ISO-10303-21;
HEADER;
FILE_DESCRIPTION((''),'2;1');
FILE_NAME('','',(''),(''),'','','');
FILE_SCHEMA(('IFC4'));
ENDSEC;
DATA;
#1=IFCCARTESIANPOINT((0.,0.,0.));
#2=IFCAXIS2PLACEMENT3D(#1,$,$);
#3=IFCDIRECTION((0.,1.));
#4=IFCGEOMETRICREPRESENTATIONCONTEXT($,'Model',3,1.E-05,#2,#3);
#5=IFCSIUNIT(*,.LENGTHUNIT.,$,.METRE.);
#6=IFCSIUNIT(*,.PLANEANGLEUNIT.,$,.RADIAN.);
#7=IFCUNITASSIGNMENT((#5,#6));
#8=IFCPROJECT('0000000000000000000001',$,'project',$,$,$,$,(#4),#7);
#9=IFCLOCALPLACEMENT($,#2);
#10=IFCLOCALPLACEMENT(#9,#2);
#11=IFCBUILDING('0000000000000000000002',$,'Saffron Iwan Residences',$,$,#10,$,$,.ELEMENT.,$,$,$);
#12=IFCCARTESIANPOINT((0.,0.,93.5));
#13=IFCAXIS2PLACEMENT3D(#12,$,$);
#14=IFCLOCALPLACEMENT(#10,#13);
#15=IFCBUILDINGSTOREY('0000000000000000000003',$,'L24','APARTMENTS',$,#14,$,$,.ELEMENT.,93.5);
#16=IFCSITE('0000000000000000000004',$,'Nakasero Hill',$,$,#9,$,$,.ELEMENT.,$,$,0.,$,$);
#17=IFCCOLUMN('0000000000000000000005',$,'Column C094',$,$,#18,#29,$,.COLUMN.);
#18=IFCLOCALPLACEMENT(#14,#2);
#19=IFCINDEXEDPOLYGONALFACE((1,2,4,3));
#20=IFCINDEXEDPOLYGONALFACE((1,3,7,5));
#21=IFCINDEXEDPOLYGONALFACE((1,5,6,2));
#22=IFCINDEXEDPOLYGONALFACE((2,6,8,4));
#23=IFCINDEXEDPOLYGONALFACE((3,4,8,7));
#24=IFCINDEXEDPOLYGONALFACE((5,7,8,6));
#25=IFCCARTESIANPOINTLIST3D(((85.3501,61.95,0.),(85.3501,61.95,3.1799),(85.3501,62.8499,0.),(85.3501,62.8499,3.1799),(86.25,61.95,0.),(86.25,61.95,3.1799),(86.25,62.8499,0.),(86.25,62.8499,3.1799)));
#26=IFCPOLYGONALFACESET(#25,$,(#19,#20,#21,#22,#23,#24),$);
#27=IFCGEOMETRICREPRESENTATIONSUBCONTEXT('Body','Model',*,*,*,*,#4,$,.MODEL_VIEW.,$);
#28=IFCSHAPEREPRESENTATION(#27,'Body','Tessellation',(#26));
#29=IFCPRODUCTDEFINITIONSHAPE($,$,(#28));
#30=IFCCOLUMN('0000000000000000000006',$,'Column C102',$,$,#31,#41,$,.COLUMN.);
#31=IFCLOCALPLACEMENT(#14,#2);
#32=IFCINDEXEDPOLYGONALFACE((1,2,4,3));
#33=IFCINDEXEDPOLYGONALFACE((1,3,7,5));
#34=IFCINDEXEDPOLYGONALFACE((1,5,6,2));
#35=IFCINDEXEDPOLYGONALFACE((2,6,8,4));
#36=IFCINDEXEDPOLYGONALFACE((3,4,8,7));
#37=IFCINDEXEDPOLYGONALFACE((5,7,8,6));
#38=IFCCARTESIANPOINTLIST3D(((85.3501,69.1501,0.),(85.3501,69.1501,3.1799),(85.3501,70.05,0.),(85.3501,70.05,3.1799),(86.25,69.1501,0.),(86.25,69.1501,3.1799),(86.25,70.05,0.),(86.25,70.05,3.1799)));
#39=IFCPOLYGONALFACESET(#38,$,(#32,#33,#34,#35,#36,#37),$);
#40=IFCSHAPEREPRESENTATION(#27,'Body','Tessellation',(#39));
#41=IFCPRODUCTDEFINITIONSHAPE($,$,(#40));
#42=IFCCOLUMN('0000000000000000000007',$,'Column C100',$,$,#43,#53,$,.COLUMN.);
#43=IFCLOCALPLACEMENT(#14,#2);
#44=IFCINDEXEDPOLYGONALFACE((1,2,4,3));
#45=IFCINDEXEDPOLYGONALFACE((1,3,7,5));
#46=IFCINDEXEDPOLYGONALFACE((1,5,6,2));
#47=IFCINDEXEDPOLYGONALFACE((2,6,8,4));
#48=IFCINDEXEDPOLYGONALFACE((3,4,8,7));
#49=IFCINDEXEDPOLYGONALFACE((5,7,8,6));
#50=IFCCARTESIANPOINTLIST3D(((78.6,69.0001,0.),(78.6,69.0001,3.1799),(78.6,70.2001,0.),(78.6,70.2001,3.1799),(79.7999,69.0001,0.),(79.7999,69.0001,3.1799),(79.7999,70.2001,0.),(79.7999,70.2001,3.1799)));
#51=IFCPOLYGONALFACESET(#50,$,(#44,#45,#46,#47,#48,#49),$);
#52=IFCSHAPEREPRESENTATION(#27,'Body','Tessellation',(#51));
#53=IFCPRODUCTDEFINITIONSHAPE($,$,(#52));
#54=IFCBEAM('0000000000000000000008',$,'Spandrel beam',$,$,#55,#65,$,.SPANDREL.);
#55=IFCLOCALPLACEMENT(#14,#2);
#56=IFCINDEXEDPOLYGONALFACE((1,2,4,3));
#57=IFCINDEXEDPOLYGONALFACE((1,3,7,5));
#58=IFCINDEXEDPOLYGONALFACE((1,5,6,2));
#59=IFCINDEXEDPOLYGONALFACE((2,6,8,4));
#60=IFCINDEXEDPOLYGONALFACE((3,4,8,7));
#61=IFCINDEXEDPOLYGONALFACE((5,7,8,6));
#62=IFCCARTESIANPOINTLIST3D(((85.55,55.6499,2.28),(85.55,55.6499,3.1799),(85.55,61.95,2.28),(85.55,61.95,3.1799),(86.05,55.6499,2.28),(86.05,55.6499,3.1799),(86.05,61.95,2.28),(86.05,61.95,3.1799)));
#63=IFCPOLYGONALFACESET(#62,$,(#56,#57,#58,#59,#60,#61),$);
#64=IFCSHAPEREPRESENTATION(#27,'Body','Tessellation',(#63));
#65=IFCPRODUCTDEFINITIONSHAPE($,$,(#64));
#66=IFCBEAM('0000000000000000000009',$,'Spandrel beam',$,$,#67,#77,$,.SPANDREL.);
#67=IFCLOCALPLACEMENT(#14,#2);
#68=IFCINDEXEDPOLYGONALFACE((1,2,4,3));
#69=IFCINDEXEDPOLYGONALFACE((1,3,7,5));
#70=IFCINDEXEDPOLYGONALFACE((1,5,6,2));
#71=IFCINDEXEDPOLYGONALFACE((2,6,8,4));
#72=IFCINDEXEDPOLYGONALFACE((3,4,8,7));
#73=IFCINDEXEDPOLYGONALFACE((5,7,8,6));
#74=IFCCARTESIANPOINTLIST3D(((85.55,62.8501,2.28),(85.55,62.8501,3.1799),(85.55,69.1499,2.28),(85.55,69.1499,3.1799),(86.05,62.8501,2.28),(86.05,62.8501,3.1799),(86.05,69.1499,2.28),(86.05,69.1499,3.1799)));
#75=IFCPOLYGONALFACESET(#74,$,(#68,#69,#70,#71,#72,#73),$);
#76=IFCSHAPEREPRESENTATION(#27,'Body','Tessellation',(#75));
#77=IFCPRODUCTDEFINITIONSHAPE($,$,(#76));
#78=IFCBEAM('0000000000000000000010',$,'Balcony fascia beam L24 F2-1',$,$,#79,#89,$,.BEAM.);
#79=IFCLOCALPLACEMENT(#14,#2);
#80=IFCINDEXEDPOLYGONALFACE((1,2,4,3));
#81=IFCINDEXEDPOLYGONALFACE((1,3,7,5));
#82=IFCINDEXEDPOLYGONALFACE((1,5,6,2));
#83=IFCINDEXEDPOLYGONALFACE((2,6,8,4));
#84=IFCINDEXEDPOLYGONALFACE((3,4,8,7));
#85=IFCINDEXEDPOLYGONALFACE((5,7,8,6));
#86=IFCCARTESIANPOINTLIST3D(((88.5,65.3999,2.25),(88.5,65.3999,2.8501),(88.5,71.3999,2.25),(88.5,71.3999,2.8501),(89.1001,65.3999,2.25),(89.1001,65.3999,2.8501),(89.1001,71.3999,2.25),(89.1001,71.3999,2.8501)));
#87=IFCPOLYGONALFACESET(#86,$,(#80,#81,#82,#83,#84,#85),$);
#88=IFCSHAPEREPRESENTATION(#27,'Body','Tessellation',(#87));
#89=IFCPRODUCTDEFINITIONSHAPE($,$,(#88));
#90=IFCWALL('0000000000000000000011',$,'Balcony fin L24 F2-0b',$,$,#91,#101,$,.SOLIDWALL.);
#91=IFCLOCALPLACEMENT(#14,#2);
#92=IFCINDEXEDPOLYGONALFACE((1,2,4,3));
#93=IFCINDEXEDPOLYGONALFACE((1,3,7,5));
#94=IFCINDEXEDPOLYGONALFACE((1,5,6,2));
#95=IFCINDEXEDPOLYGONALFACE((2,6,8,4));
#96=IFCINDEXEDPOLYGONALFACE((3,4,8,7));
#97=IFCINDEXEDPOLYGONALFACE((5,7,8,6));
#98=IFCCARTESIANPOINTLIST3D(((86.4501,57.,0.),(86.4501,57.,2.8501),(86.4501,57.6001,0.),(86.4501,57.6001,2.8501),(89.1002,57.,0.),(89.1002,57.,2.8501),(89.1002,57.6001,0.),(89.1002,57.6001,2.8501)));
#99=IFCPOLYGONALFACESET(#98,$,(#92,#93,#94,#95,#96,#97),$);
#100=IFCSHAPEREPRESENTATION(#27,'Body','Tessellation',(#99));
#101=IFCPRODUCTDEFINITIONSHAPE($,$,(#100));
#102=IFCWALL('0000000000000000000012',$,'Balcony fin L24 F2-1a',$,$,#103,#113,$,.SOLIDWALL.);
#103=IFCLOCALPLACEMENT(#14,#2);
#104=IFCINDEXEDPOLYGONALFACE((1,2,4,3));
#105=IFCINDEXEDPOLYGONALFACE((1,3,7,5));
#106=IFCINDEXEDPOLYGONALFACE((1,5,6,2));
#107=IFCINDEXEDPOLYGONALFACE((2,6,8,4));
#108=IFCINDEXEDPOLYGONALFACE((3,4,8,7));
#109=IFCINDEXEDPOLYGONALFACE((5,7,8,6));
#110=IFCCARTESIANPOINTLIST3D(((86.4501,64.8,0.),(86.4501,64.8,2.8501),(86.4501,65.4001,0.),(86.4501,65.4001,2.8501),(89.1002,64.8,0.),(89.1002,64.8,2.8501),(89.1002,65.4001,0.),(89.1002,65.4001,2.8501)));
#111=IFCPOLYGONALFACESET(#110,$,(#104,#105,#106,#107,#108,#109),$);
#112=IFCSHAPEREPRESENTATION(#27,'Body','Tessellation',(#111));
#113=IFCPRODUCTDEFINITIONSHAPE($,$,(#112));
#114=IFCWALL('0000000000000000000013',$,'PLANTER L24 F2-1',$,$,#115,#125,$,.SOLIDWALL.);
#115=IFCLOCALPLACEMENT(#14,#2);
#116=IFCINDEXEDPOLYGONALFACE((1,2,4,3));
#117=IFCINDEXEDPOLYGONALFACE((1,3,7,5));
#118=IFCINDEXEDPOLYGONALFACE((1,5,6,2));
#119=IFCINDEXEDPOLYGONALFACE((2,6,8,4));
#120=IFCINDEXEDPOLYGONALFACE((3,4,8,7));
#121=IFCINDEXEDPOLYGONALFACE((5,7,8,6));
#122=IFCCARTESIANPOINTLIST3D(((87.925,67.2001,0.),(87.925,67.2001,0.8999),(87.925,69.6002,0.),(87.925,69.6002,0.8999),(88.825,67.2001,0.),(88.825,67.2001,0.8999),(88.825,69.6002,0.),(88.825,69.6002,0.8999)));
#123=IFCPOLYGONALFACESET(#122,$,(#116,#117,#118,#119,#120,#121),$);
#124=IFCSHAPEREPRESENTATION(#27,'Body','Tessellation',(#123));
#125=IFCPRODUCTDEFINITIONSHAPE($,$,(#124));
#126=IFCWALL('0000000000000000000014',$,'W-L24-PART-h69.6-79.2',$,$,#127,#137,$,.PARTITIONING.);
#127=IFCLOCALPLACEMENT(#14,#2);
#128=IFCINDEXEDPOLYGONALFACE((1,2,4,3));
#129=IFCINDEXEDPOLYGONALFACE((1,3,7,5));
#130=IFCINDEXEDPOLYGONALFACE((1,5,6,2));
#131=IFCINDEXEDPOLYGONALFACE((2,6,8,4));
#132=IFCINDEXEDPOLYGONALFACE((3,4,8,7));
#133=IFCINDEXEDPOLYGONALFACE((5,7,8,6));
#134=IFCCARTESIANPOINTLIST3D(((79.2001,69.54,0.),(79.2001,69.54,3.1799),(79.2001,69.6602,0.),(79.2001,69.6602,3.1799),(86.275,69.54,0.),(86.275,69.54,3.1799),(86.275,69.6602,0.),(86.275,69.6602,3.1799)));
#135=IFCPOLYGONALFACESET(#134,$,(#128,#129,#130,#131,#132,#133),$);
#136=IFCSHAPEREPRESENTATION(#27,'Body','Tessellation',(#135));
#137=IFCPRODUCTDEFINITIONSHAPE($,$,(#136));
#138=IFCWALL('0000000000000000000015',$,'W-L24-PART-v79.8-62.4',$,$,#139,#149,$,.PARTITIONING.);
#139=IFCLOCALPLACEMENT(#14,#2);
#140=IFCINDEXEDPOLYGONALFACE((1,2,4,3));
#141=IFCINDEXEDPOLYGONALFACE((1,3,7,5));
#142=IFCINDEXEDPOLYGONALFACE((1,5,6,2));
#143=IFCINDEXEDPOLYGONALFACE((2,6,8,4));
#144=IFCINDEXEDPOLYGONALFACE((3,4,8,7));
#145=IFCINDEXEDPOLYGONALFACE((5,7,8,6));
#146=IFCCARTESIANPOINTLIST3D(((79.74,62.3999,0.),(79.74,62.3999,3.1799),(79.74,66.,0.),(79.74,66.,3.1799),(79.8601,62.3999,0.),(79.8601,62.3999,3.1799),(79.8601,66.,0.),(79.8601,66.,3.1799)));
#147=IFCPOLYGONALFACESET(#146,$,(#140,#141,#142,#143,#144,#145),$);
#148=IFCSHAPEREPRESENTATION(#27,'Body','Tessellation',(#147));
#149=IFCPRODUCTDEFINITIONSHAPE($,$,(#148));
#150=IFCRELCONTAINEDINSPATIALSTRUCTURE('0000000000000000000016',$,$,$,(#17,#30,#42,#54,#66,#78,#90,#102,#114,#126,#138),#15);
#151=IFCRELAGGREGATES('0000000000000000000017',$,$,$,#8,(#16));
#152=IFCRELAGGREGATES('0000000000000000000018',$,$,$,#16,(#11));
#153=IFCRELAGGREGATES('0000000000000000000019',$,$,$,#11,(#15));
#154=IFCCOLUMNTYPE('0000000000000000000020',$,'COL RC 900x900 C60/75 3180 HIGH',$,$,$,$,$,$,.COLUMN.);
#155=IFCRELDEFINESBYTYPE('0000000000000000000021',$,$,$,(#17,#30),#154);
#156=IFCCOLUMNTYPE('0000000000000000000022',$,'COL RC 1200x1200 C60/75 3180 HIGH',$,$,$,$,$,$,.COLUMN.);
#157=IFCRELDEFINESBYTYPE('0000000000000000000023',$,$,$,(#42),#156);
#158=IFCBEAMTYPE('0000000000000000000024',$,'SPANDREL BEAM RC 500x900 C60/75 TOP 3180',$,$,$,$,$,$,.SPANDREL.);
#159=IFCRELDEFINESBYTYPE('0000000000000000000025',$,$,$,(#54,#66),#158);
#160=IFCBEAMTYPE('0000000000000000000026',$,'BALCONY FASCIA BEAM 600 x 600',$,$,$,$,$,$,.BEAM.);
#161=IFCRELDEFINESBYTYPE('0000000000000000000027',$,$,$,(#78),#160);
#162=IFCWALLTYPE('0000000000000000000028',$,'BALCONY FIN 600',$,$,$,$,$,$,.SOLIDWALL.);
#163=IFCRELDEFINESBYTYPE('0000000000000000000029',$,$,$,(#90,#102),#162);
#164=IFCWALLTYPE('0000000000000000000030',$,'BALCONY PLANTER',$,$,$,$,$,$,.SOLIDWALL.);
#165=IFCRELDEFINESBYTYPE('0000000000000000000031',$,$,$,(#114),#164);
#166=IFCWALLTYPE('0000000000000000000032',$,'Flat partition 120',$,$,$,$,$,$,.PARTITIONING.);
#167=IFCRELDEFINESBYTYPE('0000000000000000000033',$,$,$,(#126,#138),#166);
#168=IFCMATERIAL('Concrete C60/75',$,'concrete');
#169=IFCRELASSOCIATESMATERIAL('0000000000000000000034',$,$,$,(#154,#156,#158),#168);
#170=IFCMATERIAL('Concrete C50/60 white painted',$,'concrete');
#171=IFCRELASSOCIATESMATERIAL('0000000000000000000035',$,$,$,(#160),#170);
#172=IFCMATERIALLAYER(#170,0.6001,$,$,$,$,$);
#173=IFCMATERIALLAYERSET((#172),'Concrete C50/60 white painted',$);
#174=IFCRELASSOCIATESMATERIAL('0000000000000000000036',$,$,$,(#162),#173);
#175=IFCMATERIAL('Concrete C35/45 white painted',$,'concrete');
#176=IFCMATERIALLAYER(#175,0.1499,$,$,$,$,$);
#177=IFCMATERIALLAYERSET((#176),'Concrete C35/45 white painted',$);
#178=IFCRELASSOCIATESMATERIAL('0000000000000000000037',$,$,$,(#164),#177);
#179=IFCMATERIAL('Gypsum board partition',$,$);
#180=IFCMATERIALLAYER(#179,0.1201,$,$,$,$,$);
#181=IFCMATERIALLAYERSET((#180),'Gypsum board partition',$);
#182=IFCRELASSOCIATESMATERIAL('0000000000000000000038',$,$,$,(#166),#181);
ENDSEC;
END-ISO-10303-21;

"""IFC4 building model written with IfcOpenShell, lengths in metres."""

from ifc_helpers import new_model, si_unit, direction, frame, frame_2d, origin, origin_2d, place, context, subcontext, project, spatial, rectangle, extrude, source, transform, mapped, material, layer, layer_set, material_profile, profile_set, type_object, element, save


model = new_model("IFC4")

# Units and contexts
model_context = context("Model", 3, precision=1e-05, world=origin(), true_north=direction((0.0, 1.0)))
body_context = subcontext(model_context, "Body", "Model", "MODEL_VIEW")
ifc_project = project(units=[si_unit("LENGTHUNIT", "METRE"), si_unit("PLANEANGLEUNIT", "RADIAN")], contexts=[model_context])

# Site, building, storey
site_placement = place(None, origin())
site = spatial("IfcSite", under=ifc_project, at=site_placement, Name="Nakasero Hill", CompositionType="ELEMENT", RefElevation=0.0)
building_placement = place(site_placement, origin())
building = spatial("IfcBuilding", under=site, at=building_placement, Name="Saffron Iwan Residences", CompositionType="ELEMENT")
storey_placement = place(building_placement, frame((0.0, 0.0, 93.5)))
storey = spatial("IfcBuildingStorey", under=building, at=storey_placement, Name="L24", Description="APARTMENTS", CompositionType="ELEMENT", Elevation=93.5)

# Columns
ifc_material_1 = material(Name="Concrete C60/75", Category="concrete")
ifc_material_profile_1 = material_profile(ifc_material_1, rectangle(XDim=0.8999, YDim=0.8999, at=origin_2d()), Name="RC 900x900")
ifc_profile_set_1 = profile_set([ifc_material_profile_1], Name="Concrete C60/75")
column_type_1 = type_object("IfcColumnType", Name="COL RC 900x900 C60/75 3180 HIGH", PredefinedType="COLUMN", material=ifc_profile_set_1)
shared_shape_1 = source(origin(), body_context, "Body", "SweptSolid", [
    extrude(rectangle(XDim=0.8999, YDim=0.8999, at=origin_2d()), origin(), (0.0, 0.0, 1.0), 3.1799),
])
for number, where, z_axis, x_axis, name in (
    (1, (85.8, 62.3999, 0.0), (0.0, 0.0, 1.0), (1.0, 0.0, 0.0), "Column C094"),
    (2, (85.8, 69.6001, 0.0), (0.0, 0.0, 1.0), (1.0, 0.0, 0.0), "Column C102"),
):
    element("IfcColumn", number, at=place(storey_placement, frame(where, z_axis=z_axis, x_axis=x_axis)), inside=storey, type_object=column_type_1, Name=name, PredefinedType="COLUMN", context=body_context, shape_type="MappedRepresentation", body=[
        mapped(shared_shape_1, transform((0.0, 0.0, 0.0))),
    ])
ifc_material_profile_2 = material_profile(ifc_material_1, rectangle(XDim=1.2, YDim=1.2, at=origin_2d()), Name="RC 1200x1200")
ifc_profile_set_2 = profile_set([ifc_material_profile_2], Name="Concrete C60/75")
column_type_2 = type_object("IfcColumnType", Name="COL RC 1200x1200 C60/75 3180 HIGH", PredefinedType="COLUMN", material=ifc_profile_set_2)
shared_shape_2 = source(origin(), body_context, "Body", "SweptSolid", [
    extrude(rectangle(XDim=1.2, YDim=1.2, at=origin_2d()), origin(), (0.0, 0.0, 1.0), 3.1799),
])
column_placement = place(storey_placement, frame((79.2, 69.6001, 0.0), z_axis=(0.0, 0.0, 1.0), x_axis=(1.0, 0.0, 0.0)))
element("IfcColumn", 3, at=column_placement, inside=storey, type_object=column_type_2, Name="Column C100", PredefinedType="COLUMN", context=body_context, shape_type="MappedRepresentation", body=[
    mapped(shared_shape_2, transform((0.0, 0.0, 0.0))),
])

# Beams
ifc_material_profile_3 = material_profile(ifc_material_1, rectangle(XDim=0.5, YDim=0.8999, at=origin_2d()), Name="RC 500x900")
ifc_profile_set_3 = profile_set([ifc_material_profile_3], Name="Concrete C60/75")
beam_type_1 = type_object("IfcBeamType", Name="SPANDREL BEAM RC 500x900 C60/75 TOP 3180", PredefinedType="SPANDREL", material=ifc_profile_set_3)
shared_shape_3 = source(origin(), body_context, "Body", "SweptSolid", [
    extrude(rectangle(XDim=0.5, YDim=0.8999, at=origin_2d()), origin(), (0.0, 0.0, 1.0), 6.3),
])
beam_1_placement = place(storey_placement, frame((85.8, 61.95, 2.73), z_axis=(0.0, -1.0, 0.0), x_axis=(1.0, 0.0, 0.0)))
element("IfcBeam", 4, at=beam_1_placement, inside=storey, type_object=beam_type_1, Name="Spandrel beam", PredefinedType="SPANDREL", context=body_context, shape_type="MappedRepresentation", body=[
    mapped(shared_shape_3, transform((0.0, 0.0, 0.0))),
])
shared_shape_4 = source(origin(), body_context, "Body", "SweptSolid", [
    extrude(rectangle(XDim=0.5, YDim=0.8999, at=origin_2d()), origin(), (0.0, 0.0, 1.0), 6.2998),
])
beam_2_placement = place(storey_placement, frame((85.8, 69.1499, 2.73), z_axis=(0.0, -1.0, 0.0), x_axis=(1.0, 0.0, 0.0)))
element("IfcBeam", 5, at=beam_2_placement, inside=storey, type_object=beam_type_1, Name="Spandrel beam", PredefinedType="SPANDREL", context=body_context, shape_type="MappedRepresentation", body=[
    mapped(shared_shape_4, transform((0.0, 0.0, 0.0))),
])
ifc_material_2 = material(Name="Concrete C50/60 white painted", Category="concrete")
ifc_material_profile_4 = material_profile(ifc_material_2, rectangle(XDim=0.6001, YDim=0.6001, at=origin_2d()), Name="BALCONY FASCIA BEAM 600 x 600")
ifc_profile_set_4 = profile_set([ifc_material_profile_4], Name="Concrete C50/60 white painted")
beam_type_2 = type_object("IfcBeamType", Name="BALCONY FASCIA BEAM 600 x 600", PredefinedType="BEAM", material=ifc_profile_set_4)
shared_shape_5 = source(origin(), body_context, "Body", "SweptSolid", [
    extrude(rectangle(XDim=0.6001, YDim=0.6001, at=origin_2d()), origin(), (0.0, 0.0, 1.0), 6.0),
])
beam_3_placement = place(storey_placement, frame((88.8, 65.3999, 2.55), z_axis=(0.0, 1.0, 0.0), x_axis=(-1.0, 0.0, 0.0)))
element("IfcBeam", 6, at=beam_3_placement, inside=storey, type_object=beam_type_2, Name="Balcony fascia beam L24 F2-1", PredefinedType="BEAM", context=body_context, shape_type="MappedRepresentation", body=[
    mapped(shared_shape_5, transform((0.0, 0.0, 0.0))),
])

# Walls
ifc_layer_1 = layer(ifc_material_2, 0.6001)
ifc_layer_set_1 = layer_set([ifc_layer_1], Name="Concrete C50/60 white painted")
wall_type_1 = type_object("IfcWallType", Name="BALCONY FIN 600", PredefinedType="SOLIDWALL", material=ifc_layer_set_1)
for number, where, z_axis, x_axis, name in (
    (7, (86.45, 57.3, 0.0), (0.0, 0.0, 1.0), (1.0, 0.0, 0.0), "Balcony fin L24 F2-0b"),
    (8, (86.45, 65.1001, 0.0), (0.0, 0.0, 1.0), (1.0, 0.0, 0.0), "Balcony fin L24 F2-1a"),
):
    element("IfcWall", number, at=place(storey_placement, frame(where, z_axis=z_axis, x_axis=x_axis)), inside=storey, type_object=wall_type_1, Name=name, PredefinedType="SOLIDWALL", context=body_context, shape_type="SweptSolid", body=[
        extrude(rectangle(XDim=2.6501, YDim=0.6001, at=frame_2d((1.3252, 0.0))), origin(), (0.0, 0.0, 1.0), 2.8501),
    ])
ifc_material_3 = material(Name="Concrete C35/45 white painted", Category="concrete")
ifc_layer_2 = layer(ifc_material_3, 0.1499)
ifc_layer_set_2 = layer_set([ifc_layer_2], Name="Concrete C35/45 white painted")
wall_type_2 = type_object("IfcWallType", Name="BALCONY PLANTER", PredefinedType="SOLIDWALL", material=ifc_layer_set_2)
wall_1_placement = place(storey_placement, frame((88.375, 67.2, 0.0), z_axis=(0.0, 0.0, 1.0), x_axis=(0.0, 1.0, 0.0)))
element("IfcWall", 9, at=wall_1_placement, inside=storey, type_object=wall_type_2, Name="PLANTER L24 F2-1", PredefinedType="SOLIDWALL", context=body_context, shape_type="SweptSolid", body=[
    extrude(rectangle(XDim=2.4001, YDim=0.8999, at=frame_2d((1.2002, 0.0))), origin(), (0.0, 0.0, 1.0), 0.8999),
])
ifc_material_4 = material(Name="Gypsum board partition")
ifc_layer_3 = layer(ifc_material_4, 0.1201)
ifc_layer_set_3 = layer_set([ifc_layer_3], Name="Gypsum board partition")
wall_type_3 = type_object("IfcWallType", Name="Flat partition 120", PredefinedType="PARTITIONING", material=ifc_layer_set_3)
wall_2_placement = place(storey_placement, frame((79.2, 69.6001, 0.0), z_axis=(0.0, 0.0, 1.0), x_axis=(1.0, 0.0, 0.0)))
element("IfcWall", 10, at=wall_2_placement, inside=storey, type_object=wall_type_3, Name="W-L24-PART-h69.6-79.2", PredefinedType="PARTITIONING", context=body_context, shape_type="SweptSolid", body=[
    extrude(rectangle(XDim=7.075, YDim=0.1201, at=frame_2d((3.5376, 0.0))), origin(), (0.0, 0.0, 1.0), 3.1799),
])
wall_3_placement = place(storey_placement, frame((79.8, 62.3999, 0.0), z_axis=(0.0, 0.0, 1.0), x_axis=(0.0, 1.0, 0.0)))
element("IfcWall", 11, at=wall_3_placement, inside=storey, type_object=wall_type_3, Name="W-L24-PART-v79.8-62.4", PredefinedType="PARTITIONING", context=body_context, shape_type="SweptSolid", body=[
    extrude(rectangle(XDim=3.6001, YDim=0.1201, at=frame_2d((1.8, 0.0))), origin(), (0.0, 0.0, 1.0), 3.1799),
])

save(model, "model.ifc")
